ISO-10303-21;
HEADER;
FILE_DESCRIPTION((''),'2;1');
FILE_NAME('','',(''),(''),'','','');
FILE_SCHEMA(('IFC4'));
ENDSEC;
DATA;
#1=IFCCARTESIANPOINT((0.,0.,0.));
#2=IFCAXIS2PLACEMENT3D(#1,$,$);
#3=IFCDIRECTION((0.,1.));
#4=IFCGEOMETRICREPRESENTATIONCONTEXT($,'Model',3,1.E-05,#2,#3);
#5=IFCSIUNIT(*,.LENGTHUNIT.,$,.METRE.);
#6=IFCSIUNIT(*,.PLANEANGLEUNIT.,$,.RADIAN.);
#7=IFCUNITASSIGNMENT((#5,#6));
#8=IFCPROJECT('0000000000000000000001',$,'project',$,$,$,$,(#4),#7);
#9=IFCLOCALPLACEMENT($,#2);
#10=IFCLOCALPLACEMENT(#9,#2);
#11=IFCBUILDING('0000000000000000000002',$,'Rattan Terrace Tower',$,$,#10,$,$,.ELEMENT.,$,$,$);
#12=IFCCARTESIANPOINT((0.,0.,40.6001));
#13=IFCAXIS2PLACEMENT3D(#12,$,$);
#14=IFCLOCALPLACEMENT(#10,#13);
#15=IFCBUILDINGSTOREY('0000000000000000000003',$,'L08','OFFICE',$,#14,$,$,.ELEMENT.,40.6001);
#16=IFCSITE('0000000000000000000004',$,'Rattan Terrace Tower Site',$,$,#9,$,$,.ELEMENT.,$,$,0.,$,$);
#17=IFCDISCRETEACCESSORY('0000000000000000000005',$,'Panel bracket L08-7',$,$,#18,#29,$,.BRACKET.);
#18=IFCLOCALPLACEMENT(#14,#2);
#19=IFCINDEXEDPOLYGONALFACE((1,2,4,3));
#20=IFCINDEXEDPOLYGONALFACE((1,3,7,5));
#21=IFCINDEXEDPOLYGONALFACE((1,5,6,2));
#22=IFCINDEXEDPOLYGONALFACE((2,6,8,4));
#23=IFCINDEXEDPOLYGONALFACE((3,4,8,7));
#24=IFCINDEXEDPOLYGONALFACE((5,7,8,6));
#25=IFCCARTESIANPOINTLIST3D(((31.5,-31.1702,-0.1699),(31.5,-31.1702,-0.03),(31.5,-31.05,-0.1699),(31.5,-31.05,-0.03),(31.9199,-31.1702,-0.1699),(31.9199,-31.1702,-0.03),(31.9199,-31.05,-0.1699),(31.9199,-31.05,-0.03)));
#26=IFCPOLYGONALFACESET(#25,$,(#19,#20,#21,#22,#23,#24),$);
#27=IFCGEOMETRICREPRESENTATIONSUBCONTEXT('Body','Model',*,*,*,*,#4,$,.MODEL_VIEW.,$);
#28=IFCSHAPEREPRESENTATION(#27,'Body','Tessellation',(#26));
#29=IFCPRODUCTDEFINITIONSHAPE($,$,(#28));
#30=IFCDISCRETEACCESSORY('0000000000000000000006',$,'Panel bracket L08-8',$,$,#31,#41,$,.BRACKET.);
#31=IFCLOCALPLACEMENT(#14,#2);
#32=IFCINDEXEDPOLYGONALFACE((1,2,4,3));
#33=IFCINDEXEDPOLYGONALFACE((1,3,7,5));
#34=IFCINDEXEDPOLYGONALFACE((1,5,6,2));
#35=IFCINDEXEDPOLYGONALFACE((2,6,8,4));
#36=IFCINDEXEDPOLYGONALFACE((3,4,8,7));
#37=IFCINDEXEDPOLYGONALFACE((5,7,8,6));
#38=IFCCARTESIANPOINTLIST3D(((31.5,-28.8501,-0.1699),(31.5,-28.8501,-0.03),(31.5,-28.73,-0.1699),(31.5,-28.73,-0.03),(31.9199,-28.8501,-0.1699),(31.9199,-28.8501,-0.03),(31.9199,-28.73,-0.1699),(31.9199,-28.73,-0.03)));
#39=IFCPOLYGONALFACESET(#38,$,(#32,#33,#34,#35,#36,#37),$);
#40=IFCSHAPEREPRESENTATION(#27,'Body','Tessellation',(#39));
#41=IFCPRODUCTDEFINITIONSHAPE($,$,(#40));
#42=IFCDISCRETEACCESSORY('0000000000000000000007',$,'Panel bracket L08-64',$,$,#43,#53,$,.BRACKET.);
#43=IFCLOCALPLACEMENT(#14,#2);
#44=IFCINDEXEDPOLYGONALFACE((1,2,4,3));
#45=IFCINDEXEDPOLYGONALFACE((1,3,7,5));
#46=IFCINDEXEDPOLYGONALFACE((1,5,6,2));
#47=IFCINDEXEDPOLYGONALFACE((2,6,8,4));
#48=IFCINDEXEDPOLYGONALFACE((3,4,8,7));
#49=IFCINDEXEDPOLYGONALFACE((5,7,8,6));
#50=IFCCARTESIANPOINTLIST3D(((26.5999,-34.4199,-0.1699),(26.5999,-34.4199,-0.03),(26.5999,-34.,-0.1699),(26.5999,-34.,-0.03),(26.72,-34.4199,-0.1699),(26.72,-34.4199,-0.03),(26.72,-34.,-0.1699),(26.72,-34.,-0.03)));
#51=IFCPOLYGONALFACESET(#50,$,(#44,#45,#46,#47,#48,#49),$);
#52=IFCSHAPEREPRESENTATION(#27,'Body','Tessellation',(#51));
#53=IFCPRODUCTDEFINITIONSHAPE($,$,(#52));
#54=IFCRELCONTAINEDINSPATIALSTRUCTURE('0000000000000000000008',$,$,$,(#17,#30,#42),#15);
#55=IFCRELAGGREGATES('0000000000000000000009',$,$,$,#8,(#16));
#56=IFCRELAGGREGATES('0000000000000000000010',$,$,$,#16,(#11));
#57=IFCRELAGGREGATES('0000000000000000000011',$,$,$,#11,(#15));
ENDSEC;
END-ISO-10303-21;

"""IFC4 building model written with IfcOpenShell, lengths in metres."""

from ifc_helpers import new_model, si_unit, direction, frame, origin, origin_2d, place, context, subcontext, project, spatial, rectangle, extrude, element, save


model = new_model("IFC4")

# Units and contexts
model_context = context("Model", 3, precision=1e-05, world=origin(), true_north=direction((0.0, 1.0)))
body_context = subcontext(model_context, "Body", "Model", "MODEL_VIEW")
ifc_project = project(units=[si_unit("LENGTHUNIT", "METRE"), si_unit("PLANEANGLEUNIT", "RADIAN")], contexts=[model_context])

# Site, building, storey
site_placement = place(None, origin())
site = spatial("IfcSite", under=ifc_project, at=site_placement, Name="Rattan Terrace Tower Site", CompositionType="ELEMENT", RefElevation=0.0)
building_placement = place(site_placement, origin())
building = spatial("IfcBuilding", under=site, at=building_placement, Name="Rattan Terrace Tower", CompositionType="ELEMENT")
storey_placement = place(building_placement, frame((0.0, 0.0, 40.6001)))
storey = spatial("IfcBuildingStorey", under=building, at=storey_placement, Name="L08", Description="OFFICE", CompositionType="ELEMENT", Elevation=40.6001)

# Discrete accessories
for number, where, z_axis, x_axis, name in (
    (1, (31.71, -31.1101, -0.1699), (0.0, 0.0, 1.0), (0.0, 1.0, 0.0), "Panel bracket L08-7"),
    (2, (31.71, -28.79, -0.1699), (0.0, 0.0, 1.0), (0.0, 1.0, 0.0), "Panel bracket L08-8"),
    (3, (26.6599, -34.21, -0.1699), (0.0, 0.0, 1.0), (1.0, 0.0, 0.0), "Panel bracket L08-64"),
):
    element("IfcDiscreteAccessory", number, at=place(storey_placement, frame(where, z_axis=z_axis, x_axis=x_axis)), inside=storey, Name=name, PredefinedType="BRACKET", context=body_context, shape_type="SweptSolid", body=[
        extrude(rectangle(XDim=0.1201, YDim=0.4199, at=origin_2d()), origin(), (0.0, 0.0, 1.0), 0.1399),
    ])

save(model, "model.ifc")
